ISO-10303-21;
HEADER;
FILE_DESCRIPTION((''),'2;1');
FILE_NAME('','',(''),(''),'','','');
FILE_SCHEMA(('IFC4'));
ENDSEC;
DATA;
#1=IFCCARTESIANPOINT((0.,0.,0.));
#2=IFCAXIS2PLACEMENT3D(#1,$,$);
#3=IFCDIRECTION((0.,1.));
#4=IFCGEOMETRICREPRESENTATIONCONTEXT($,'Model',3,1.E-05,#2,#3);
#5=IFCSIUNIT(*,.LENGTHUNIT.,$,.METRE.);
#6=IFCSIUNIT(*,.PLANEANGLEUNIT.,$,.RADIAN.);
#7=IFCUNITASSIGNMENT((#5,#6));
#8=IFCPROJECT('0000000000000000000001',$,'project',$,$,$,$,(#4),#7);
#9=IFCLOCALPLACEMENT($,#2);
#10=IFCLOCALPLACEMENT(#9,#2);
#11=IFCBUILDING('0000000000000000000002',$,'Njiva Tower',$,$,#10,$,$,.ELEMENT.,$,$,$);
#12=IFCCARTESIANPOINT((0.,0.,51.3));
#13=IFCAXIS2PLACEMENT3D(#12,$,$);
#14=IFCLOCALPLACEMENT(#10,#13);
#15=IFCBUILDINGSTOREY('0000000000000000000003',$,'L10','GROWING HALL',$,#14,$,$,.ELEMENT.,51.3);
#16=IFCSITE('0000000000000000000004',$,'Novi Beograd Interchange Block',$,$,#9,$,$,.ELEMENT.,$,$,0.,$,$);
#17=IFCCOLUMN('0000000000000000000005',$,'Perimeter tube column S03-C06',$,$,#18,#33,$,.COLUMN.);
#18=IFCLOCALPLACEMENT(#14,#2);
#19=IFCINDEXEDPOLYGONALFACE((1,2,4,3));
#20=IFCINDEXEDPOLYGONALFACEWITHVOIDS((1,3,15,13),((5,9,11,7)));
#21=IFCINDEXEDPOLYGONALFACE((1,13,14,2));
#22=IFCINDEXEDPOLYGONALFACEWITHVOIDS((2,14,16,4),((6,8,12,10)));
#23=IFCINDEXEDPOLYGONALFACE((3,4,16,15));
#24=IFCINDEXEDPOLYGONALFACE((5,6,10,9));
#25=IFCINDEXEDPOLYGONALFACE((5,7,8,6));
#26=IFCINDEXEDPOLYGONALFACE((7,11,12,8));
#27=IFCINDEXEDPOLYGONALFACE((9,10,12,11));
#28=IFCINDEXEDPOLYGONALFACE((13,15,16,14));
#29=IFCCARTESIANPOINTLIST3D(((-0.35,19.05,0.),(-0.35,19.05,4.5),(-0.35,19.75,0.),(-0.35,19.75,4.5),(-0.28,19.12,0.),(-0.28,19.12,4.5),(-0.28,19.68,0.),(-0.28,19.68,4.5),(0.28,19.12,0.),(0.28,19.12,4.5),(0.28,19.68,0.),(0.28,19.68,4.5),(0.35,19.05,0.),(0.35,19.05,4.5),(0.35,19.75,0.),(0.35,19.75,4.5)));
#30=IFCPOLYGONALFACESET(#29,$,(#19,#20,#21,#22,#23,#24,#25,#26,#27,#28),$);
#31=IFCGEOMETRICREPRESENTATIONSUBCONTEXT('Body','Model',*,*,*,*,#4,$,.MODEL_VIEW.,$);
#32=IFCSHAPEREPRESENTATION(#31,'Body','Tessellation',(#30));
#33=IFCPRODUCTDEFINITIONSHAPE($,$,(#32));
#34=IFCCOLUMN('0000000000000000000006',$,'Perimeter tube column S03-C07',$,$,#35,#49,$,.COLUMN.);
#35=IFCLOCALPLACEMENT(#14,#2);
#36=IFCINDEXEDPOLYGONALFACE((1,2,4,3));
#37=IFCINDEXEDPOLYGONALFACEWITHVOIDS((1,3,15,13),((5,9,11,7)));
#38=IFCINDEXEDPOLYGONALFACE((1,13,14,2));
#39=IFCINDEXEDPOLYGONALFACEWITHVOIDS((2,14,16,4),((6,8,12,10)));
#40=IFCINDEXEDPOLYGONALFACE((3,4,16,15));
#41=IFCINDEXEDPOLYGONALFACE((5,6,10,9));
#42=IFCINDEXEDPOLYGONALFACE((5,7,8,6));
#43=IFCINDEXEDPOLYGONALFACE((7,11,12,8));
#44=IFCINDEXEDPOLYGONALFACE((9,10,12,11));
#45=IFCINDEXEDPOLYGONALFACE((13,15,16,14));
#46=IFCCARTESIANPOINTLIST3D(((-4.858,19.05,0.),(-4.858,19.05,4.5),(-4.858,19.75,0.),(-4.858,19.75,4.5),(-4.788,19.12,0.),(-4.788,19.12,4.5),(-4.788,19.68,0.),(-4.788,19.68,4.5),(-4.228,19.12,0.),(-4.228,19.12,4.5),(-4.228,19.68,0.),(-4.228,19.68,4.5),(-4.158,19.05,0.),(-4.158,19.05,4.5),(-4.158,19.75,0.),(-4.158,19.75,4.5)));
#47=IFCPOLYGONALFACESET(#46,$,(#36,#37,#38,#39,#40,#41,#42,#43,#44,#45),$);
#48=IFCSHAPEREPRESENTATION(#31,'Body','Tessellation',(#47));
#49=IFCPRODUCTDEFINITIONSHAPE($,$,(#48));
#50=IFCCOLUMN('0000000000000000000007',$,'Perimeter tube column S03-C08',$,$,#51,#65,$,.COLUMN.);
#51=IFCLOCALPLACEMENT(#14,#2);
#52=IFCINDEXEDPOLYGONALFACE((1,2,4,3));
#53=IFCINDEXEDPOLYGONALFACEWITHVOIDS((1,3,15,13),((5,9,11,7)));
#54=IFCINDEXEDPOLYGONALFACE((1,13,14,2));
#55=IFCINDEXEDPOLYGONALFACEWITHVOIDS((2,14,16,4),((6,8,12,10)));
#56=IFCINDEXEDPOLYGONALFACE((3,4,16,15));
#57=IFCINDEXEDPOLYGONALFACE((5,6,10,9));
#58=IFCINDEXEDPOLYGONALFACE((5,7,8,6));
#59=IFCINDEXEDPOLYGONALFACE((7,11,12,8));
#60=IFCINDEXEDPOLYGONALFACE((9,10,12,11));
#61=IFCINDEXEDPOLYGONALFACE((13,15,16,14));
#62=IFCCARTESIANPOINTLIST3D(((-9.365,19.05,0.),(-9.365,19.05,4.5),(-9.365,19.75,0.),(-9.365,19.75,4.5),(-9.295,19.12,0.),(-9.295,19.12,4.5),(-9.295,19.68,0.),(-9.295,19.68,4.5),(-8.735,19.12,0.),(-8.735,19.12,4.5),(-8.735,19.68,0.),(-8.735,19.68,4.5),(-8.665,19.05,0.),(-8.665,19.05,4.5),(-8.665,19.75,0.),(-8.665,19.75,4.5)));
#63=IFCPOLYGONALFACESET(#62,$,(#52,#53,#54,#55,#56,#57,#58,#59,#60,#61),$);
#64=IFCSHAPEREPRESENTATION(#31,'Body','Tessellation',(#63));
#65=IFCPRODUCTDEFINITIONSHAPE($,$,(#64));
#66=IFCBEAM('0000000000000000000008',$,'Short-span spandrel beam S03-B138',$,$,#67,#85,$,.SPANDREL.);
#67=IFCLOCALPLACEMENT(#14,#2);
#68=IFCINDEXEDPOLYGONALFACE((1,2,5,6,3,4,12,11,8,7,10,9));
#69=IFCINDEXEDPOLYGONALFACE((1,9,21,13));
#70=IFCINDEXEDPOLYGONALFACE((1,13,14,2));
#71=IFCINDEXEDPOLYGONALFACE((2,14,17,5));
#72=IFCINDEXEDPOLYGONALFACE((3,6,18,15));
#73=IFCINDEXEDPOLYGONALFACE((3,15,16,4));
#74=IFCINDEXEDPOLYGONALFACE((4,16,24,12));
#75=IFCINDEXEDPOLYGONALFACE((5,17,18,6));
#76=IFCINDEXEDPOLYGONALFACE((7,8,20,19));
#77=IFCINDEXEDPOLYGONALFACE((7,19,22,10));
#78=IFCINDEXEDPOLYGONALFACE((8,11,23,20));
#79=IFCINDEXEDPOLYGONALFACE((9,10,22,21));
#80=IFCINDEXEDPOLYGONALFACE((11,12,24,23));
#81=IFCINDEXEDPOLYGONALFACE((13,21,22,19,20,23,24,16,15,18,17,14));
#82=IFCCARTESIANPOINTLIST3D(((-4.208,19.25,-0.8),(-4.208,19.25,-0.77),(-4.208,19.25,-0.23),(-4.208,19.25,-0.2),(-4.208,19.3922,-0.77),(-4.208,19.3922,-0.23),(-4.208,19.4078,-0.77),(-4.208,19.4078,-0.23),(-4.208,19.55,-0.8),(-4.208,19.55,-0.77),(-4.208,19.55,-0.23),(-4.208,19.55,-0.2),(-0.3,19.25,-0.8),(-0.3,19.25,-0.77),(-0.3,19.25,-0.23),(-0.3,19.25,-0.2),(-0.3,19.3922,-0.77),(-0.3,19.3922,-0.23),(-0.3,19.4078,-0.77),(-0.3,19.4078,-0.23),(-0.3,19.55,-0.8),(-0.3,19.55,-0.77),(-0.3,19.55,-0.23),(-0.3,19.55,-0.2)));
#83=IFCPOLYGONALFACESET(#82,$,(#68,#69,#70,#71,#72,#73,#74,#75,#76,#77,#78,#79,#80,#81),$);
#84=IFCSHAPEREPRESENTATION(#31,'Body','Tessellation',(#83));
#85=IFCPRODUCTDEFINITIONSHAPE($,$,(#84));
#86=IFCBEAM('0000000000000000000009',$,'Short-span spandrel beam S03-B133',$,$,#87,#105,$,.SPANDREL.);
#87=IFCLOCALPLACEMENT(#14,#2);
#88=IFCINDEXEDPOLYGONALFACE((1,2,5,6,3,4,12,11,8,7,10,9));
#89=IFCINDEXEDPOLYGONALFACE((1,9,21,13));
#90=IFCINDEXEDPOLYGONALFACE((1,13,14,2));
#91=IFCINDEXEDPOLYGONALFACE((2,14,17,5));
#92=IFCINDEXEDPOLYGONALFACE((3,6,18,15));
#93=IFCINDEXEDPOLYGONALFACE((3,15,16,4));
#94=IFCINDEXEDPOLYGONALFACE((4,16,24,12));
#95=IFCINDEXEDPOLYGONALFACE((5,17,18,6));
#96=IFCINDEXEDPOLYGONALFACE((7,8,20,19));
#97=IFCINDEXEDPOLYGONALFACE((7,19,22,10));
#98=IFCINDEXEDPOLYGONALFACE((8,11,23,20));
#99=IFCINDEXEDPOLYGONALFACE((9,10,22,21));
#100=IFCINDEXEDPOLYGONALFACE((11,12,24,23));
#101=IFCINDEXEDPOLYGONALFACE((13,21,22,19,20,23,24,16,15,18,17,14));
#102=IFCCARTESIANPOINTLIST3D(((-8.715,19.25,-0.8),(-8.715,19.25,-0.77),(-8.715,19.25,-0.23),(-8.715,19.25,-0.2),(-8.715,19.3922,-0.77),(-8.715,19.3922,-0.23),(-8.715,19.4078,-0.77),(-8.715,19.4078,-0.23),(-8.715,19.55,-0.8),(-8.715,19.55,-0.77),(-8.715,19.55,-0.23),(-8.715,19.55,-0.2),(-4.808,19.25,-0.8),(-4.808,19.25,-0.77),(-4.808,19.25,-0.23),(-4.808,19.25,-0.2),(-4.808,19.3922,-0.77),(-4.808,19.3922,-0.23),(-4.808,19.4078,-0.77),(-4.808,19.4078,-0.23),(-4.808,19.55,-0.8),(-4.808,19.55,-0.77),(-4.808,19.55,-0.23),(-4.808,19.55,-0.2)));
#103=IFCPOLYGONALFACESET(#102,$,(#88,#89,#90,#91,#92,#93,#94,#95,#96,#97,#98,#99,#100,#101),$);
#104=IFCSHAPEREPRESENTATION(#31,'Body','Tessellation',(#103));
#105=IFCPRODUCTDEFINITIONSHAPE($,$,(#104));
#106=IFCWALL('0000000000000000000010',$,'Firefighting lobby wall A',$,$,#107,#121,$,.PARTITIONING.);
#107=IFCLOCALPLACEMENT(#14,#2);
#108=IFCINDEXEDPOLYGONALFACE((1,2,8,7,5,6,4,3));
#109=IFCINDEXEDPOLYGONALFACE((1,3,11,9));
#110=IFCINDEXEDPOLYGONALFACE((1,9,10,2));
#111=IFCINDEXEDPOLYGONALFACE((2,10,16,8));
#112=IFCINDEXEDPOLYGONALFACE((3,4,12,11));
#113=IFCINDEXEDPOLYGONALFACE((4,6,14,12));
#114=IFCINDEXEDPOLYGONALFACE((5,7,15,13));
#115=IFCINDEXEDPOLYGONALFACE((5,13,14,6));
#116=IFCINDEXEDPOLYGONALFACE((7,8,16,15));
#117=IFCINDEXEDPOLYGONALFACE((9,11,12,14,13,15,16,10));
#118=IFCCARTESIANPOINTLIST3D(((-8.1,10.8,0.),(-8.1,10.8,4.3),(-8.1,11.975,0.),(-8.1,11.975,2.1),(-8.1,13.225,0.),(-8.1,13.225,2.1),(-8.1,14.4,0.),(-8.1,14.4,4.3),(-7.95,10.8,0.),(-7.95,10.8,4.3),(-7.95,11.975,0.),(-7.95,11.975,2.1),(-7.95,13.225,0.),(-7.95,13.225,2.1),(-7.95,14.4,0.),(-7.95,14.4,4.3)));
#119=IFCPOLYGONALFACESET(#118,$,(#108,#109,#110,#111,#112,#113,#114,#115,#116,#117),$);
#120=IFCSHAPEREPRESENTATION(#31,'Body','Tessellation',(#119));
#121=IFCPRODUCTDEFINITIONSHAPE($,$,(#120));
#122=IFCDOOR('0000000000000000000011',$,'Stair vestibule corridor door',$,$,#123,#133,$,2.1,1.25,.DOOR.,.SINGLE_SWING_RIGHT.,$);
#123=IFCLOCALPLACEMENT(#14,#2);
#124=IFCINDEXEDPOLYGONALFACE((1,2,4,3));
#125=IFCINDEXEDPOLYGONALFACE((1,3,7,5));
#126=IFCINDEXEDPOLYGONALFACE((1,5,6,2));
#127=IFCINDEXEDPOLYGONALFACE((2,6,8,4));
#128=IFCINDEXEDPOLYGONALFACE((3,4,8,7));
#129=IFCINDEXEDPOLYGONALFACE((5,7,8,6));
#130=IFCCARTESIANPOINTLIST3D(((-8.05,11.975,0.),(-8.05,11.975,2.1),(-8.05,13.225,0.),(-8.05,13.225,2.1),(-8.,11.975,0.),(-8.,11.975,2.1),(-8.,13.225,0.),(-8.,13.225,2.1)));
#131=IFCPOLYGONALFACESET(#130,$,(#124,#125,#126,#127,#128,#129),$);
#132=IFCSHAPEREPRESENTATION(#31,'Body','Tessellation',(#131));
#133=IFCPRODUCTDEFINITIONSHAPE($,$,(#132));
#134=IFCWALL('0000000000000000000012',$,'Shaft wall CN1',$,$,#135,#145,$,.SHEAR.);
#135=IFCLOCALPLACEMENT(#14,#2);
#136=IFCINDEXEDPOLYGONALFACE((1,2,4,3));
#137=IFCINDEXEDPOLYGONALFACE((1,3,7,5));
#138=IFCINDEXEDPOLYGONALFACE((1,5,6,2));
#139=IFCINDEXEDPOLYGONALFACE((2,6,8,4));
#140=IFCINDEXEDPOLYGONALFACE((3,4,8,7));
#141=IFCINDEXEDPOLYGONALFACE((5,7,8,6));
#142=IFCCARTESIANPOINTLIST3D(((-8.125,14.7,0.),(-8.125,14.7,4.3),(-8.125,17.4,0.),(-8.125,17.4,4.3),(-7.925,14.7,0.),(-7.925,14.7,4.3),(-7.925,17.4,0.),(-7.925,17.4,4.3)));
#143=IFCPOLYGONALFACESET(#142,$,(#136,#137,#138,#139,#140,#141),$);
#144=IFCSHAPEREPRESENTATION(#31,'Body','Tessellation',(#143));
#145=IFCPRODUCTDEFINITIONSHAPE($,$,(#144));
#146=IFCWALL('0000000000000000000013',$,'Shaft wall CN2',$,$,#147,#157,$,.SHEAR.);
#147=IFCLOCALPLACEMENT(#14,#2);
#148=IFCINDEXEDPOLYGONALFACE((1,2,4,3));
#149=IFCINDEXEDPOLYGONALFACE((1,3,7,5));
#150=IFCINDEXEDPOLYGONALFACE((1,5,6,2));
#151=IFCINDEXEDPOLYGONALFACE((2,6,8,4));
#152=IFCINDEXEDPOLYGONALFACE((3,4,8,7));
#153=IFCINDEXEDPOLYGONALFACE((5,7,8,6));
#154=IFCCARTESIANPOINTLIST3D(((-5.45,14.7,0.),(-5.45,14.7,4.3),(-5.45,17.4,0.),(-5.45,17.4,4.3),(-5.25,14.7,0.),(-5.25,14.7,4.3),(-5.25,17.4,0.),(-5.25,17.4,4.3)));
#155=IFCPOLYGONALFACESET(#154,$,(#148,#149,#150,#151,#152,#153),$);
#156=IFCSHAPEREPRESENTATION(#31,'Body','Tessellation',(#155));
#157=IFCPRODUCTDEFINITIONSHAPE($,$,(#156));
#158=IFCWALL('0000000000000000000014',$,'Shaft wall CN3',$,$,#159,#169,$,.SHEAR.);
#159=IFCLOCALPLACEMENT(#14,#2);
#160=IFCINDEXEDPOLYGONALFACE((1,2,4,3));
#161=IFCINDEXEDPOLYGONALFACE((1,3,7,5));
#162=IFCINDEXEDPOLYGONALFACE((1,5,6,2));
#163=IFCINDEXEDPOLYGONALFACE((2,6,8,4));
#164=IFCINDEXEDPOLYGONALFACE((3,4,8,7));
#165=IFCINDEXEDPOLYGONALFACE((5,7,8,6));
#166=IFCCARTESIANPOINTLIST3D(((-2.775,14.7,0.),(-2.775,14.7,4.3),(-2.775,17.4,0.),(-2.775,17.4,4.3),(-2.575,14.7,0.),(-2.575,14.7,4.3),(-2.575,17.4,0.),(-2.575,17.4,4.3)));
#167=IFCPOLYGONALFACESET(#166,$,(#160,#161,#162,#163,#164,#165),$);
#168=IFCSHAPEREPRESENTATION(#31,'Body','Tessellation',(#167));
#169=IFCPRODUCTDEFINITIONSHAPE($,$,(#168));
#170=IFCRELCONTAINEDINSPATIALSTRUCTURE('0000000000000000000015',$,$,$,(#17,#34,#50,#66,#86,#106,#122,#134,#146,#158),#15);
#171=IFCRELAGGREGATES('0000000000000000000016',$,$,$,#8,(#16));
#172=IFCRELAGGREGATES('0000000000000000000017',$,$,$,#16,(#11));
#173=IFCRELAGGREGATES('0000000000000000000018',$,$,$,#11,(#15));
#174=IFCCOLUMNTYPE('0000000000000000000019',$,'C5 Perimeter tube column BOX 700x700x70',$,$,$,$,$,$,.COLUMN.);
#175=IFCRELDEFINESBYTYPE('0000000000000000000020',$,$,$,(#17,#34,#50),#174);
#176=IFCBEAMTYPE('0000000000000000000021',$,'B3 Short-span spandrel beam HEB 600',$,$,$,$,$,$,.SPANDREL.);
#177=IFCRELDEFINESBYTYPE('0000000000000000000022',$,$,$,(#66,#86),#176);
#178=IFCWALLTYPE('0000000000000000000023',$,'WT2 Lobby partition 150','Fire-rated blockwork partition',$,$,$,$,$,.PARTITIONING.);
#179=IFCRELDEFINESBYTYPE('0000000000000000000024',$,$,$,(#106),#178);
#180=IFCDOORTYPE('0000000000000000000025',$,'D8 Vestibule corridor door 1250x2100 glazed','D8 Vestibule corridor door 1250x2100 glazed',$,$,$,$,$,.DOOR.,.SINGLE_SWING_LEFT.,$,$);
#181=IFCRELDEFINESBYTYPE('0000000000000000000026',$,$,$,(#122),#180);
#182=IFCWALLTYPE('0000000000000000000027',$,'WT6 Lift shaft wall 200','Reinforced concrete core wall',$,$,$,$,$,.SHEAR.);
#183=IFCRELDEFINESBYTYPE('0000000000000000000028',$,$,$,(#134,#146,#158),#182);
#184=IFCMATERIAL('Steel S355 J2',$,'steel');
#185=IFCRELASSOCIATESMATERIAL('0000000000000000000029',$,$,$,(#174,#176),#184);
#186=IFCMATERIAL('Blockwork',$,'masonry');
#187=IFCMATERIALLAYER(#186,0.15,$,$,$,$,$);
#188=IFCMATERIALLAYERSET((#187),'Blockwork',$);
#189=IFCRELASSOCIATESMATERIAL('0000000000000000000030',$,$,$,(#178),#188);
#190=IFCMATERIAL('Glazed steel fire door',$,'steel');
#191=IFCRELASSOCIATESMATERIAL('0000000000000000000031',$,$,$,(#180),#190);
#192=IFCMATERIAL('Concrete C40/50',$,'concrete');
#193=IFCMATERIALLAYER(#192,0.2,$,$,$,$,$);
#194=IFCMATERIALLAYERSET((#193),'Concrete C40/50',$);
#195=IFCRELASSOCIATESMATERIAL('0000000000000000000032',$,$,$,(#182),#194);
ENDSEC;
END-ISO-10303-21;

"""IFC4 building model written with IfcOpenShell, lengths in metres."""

from ifc_helpers import new_model, si_unit, direction, frame, frame_2d, origin, origin_2d, place, context, subcontext, project, spatial, rectangle, hollow_rectangle, i_section, extrude, material, layer, layer_set, material_profile, profile_set, type_object, element, fill, save


model = new_model("IFC4")

# Units and contexts
model_context = context("Model", 3, precision=1e-05, world=origin(), true_north=direction((0.0, 1.0)))
body_context = subcontext(model_context, "Body", "Model", "MODEL_VIEW")
ifc_project = project(units=[si_unit("LENGTHUNIT", "METRE"), si_unit("PLANEANGLEUNIT", "RADIAN")], contexts=[model_context])

# Site, building, storey
site_placement = place(None, origin())
site = spatial("IfcSite", under=ifc_project, at=site_placement, Name="Novi Beograd Interchange Block", CompositionType="ELEMENT", RefElevation=0.0)
building_placement = place(site_placement, origin())
building = spatial("IfcBuilding", under=site, at=building_placement, Name="Njiva Tower", CompositionType="ELEMENT")
storey_placement = place(building_placement, frame((0.0, 0.0, 51.3)))
storey = spatial("IfcBuildingStorey", under=building, at=storey_placement, Name="L10", Description="GROWING HALL", CompositionType="ELEMENT", Elevation=51.3)

# Columns
ifc_material_1 = material(Name="Steel S355 J2", Category="steel")
ifc_material_profile_1 = material_profile(ifc_material_1, hollow_rectangle(XDim=0.7, YDim=0.7, WallThickness=0.07, at=origin_2d()), Name="BOX 700x700x70")
ifc_profile_set_1 = profile_set([ifc_material_profile_1], Name="Steel S355 J2")
column_type = type_object("IfcColumnType", Name="C5 Perimeter tube column BOX 700x700x70", PredefinedType="COLUMN", material=ifc_profile_set_1)
for number, where, z_axis, x_axis, name in (
    (1, (0.0, 19.4, 0.0), (0.0, 0.0, 1.0), (-1.0, 0.0, 0.0), "Perimeter tube column S03-C06"),
    (2, (-4.508, 19.4, 0.0), (0.0, 0.0, 1.0), (-1.0, 0.0, 0.0), "Perimeter tube column S03-C07"),
    (3, (-9.015, 19.4, 0.0), (0.0, 0.0, 1.0), (-1.0, 0.0, 0.0), "Perimeter tube column S03-C08"),
):
    element("IfcColumn", number, at=place(storey_placement, frame(where, z_axis=z_axis, x_axis=x_axis)), inside=storey, type_object=column_type, Name=name, PredefinedType="COLUMN", context=body_context, shape_type="SweptSolid", body=[
        extrude(hollow_rectangle(XDim=0.7, YDim=0.7, WallThickness=0.07, at=origin_2d()), origin(), (0.0, 0.0, 1.0), 4.5),
    ])

# Beams
ifc_material_profile_2 = material_profile(ifc_material_1, i_section(OverallWidth=0.3, OverallDepth=0.6, WebThickness=0.0155, FlangeThickness=0.03, at=origin_2d()), Name="HEB 600")
ifc_profile_set_2 = profile_set([ifc_material_profile_2], Name="Steel S355 J2")
beam_type = type_object("IfcBeamType", Name="B3 Short-span spandrel beam HEB 600", PredefinedType="SPANDREL", material=ifc_profile_set_2)
beam_1_placement = place(storey_placement, frame((-0.3, 19.4, -0.5), z_axis=(-1.0, 0.0, 0.0), x_axis=(0.0, -1.0, 0.0)))
element("IfcBeam", 4, at=beam_1_placement, inside=storey, type_object=beam_type, Name="Short-span spandrel beam S03-B138", PredefinedType="SPANDREL", context=body_context, shape_type="SweptSolid", body=[
    extrude(i_section(OverallWidth=0.3, OverallDepth=0.6, WebThickness=0.0155, FlangeThickness=0.03, at=origin_2d()), origin(), (0.0, 0.0, 1.0), 3.908),
])
beam_2_placement = place(storey_placement, frame((-4.808, 19.4, -0.5), z_axis=(-1.0, 0.0, 0.0), x_axis=(0.0, -1.0, 0.0)))
element("IfcBeam", 5, at=beam_2_placement, inside=storey, type_object=beam_type, Name="Short-span spandrel beam S03-B133", PredefinedType="SPANDREL", context=body_context, shape_type="SweptSolid", body=[
    extrude(i_section(OverallWidth=0.3, OverallDepth=0.6, WebThickness=0.0155, FlangeThickness=0.03, at=origin_2d()), origin(), (0.0, 0.0, 1.0), 3.907),
])

# Wall, opening, door
ifc_material_2 = material(Name="Blockwork", Category="masonry")
ifc_layer_1 = layer(ifc_material_2, 0.15)
ifc_layer_set_1 = layer_set([ifc_layer_1], Name="Blockwork")
wall_type_1 = type_object("IfcWallType", Name="WT2 Lobby partition 150", Description="Fire-rated blockwork partition", PredefinedType="PARTITIONING", material=ifc_layer_set_1)
wall_placement = place(storey_placement, frame((-8.025, 10.8, 0.0), z_axis=(0.0, 0.0, 1.0), x_axis=(0.0, 1.0, 0.0)))
wall = element("IfcWall", 6, at=wall_placement, inside=storey, type_object=wall_type_1, Name="Firefighting lobby wall A", PredefinedType="PARTITIONING", context=body_context, shape_type="SweptSolid", body=[
    extrude(rectangle(XDim=3.6, YDim=0.15, at=frame_2d((1.8, 0.0))), origin(), (0.0, 0.0, 1.0), 4.3),
])
opening_placement = place(wall_placement, frame((1.175, 0.0, 0.0)))
opening = element("IfcOpeningElement", 7, at=opening_placement, cuts=wall, PredefinedType="OPENING", context=body_context, shape_type="SweptSolid", body=[
    extrude(rectangle(XDim=1.25, YDim=2.1, at=frame_2d((0.625, 1.05))), frame((0.0, 0.085, 0.0), z_axis=(0.0, -1.0, 0.0), x_axis=(1.0, 0.0, 0.0)), (0.0, 0.0, 1.0), 0.17),
])
ifc_material_3 = material(Name="Glazed steel fire door", Category="steel")
door_type = type_object("IfcDoorType", Name="D8 Vestibule corridor door 1250x2100 glazed", Description="D8 Vestibule corridor door 1250x2100 glazed", OperationType="SINGLE_SWING_LEFT", PredefinedType="DOOR", material=ifc_material_3)
door_placement = place(opening_placement, origin())
door = element("IfcDoor", 8, at=door_placement, inside=storey, type_object=door_type, Name="Stair vestibule corridor door", OperationType="SINGLE_SWING_RIGHT", OverallHeight=2.1, OverallWidth=1.25, PredefinedType="DOOR", context=body_context, shape_type="SweptSolid", body=[
    extrude(rectangle(XDim=1.25, YDim=2.1, at=frame_2d((0.625, 1.05))), frame((0.0, 0.025, 0.0), z_axis=(0.0, -1.0, 0.0), x_axis=(1.0, 0.0, 0.0)), (0.0, 0.0, 1.0), 0.05),
])
fill(opening, door)

# Walls
ifc_material_4 = material(Name="Concrete C40/50", Category="concrete")
ifc_layer_2 = layer(ifc_material_4, 0.2)
ifc_layer_set_2 = layer_set([ifc_layer_2], Name="Concrete C40/50")
wall_type_2 = type_object("IfcWallType", Name="WT6 Lift shaft wall 200", Description="Reinforced concrete core wall", PredefinedType="SHEAR", material=ifc_layer_set_2)
for number, where, z_axis, x_axis, name in (
    (9, (-8.025, 14.7, 0.0), (0.0, 0.0, 1.0), (0.0, 1.0, 0.0), "Shaft wall CN1"),
    (10, (-5.35, 14.7, 0.0), (0.0, 0.0, 1.0), (0.0, 1.0, 0.0), "Shaft wall CN2"),
    (11, (-2.675, 14.7, 0.0), (0.0, 0.0, 1.0), (0.0, 1.0, 0.0), "Shaft wall CN3"),
):
    element("IfcWall", number, at=place(storey_placement, frame(where, z_axis=z_axis, x_axis=x_axis)), inside=storey, type_object=wall_type_2, Name=name, PredefinedType="SHEAR", context=body_context, shape_type="SweptSolid", body=[
        extrude(rectangle(XDim=2.7, YDim=0.2, at=frame_2d((1.35, 0.0))), origin(), (0.0, 0.0, 1.0), 4.3),
    ])

save(model, "model.ifc")
